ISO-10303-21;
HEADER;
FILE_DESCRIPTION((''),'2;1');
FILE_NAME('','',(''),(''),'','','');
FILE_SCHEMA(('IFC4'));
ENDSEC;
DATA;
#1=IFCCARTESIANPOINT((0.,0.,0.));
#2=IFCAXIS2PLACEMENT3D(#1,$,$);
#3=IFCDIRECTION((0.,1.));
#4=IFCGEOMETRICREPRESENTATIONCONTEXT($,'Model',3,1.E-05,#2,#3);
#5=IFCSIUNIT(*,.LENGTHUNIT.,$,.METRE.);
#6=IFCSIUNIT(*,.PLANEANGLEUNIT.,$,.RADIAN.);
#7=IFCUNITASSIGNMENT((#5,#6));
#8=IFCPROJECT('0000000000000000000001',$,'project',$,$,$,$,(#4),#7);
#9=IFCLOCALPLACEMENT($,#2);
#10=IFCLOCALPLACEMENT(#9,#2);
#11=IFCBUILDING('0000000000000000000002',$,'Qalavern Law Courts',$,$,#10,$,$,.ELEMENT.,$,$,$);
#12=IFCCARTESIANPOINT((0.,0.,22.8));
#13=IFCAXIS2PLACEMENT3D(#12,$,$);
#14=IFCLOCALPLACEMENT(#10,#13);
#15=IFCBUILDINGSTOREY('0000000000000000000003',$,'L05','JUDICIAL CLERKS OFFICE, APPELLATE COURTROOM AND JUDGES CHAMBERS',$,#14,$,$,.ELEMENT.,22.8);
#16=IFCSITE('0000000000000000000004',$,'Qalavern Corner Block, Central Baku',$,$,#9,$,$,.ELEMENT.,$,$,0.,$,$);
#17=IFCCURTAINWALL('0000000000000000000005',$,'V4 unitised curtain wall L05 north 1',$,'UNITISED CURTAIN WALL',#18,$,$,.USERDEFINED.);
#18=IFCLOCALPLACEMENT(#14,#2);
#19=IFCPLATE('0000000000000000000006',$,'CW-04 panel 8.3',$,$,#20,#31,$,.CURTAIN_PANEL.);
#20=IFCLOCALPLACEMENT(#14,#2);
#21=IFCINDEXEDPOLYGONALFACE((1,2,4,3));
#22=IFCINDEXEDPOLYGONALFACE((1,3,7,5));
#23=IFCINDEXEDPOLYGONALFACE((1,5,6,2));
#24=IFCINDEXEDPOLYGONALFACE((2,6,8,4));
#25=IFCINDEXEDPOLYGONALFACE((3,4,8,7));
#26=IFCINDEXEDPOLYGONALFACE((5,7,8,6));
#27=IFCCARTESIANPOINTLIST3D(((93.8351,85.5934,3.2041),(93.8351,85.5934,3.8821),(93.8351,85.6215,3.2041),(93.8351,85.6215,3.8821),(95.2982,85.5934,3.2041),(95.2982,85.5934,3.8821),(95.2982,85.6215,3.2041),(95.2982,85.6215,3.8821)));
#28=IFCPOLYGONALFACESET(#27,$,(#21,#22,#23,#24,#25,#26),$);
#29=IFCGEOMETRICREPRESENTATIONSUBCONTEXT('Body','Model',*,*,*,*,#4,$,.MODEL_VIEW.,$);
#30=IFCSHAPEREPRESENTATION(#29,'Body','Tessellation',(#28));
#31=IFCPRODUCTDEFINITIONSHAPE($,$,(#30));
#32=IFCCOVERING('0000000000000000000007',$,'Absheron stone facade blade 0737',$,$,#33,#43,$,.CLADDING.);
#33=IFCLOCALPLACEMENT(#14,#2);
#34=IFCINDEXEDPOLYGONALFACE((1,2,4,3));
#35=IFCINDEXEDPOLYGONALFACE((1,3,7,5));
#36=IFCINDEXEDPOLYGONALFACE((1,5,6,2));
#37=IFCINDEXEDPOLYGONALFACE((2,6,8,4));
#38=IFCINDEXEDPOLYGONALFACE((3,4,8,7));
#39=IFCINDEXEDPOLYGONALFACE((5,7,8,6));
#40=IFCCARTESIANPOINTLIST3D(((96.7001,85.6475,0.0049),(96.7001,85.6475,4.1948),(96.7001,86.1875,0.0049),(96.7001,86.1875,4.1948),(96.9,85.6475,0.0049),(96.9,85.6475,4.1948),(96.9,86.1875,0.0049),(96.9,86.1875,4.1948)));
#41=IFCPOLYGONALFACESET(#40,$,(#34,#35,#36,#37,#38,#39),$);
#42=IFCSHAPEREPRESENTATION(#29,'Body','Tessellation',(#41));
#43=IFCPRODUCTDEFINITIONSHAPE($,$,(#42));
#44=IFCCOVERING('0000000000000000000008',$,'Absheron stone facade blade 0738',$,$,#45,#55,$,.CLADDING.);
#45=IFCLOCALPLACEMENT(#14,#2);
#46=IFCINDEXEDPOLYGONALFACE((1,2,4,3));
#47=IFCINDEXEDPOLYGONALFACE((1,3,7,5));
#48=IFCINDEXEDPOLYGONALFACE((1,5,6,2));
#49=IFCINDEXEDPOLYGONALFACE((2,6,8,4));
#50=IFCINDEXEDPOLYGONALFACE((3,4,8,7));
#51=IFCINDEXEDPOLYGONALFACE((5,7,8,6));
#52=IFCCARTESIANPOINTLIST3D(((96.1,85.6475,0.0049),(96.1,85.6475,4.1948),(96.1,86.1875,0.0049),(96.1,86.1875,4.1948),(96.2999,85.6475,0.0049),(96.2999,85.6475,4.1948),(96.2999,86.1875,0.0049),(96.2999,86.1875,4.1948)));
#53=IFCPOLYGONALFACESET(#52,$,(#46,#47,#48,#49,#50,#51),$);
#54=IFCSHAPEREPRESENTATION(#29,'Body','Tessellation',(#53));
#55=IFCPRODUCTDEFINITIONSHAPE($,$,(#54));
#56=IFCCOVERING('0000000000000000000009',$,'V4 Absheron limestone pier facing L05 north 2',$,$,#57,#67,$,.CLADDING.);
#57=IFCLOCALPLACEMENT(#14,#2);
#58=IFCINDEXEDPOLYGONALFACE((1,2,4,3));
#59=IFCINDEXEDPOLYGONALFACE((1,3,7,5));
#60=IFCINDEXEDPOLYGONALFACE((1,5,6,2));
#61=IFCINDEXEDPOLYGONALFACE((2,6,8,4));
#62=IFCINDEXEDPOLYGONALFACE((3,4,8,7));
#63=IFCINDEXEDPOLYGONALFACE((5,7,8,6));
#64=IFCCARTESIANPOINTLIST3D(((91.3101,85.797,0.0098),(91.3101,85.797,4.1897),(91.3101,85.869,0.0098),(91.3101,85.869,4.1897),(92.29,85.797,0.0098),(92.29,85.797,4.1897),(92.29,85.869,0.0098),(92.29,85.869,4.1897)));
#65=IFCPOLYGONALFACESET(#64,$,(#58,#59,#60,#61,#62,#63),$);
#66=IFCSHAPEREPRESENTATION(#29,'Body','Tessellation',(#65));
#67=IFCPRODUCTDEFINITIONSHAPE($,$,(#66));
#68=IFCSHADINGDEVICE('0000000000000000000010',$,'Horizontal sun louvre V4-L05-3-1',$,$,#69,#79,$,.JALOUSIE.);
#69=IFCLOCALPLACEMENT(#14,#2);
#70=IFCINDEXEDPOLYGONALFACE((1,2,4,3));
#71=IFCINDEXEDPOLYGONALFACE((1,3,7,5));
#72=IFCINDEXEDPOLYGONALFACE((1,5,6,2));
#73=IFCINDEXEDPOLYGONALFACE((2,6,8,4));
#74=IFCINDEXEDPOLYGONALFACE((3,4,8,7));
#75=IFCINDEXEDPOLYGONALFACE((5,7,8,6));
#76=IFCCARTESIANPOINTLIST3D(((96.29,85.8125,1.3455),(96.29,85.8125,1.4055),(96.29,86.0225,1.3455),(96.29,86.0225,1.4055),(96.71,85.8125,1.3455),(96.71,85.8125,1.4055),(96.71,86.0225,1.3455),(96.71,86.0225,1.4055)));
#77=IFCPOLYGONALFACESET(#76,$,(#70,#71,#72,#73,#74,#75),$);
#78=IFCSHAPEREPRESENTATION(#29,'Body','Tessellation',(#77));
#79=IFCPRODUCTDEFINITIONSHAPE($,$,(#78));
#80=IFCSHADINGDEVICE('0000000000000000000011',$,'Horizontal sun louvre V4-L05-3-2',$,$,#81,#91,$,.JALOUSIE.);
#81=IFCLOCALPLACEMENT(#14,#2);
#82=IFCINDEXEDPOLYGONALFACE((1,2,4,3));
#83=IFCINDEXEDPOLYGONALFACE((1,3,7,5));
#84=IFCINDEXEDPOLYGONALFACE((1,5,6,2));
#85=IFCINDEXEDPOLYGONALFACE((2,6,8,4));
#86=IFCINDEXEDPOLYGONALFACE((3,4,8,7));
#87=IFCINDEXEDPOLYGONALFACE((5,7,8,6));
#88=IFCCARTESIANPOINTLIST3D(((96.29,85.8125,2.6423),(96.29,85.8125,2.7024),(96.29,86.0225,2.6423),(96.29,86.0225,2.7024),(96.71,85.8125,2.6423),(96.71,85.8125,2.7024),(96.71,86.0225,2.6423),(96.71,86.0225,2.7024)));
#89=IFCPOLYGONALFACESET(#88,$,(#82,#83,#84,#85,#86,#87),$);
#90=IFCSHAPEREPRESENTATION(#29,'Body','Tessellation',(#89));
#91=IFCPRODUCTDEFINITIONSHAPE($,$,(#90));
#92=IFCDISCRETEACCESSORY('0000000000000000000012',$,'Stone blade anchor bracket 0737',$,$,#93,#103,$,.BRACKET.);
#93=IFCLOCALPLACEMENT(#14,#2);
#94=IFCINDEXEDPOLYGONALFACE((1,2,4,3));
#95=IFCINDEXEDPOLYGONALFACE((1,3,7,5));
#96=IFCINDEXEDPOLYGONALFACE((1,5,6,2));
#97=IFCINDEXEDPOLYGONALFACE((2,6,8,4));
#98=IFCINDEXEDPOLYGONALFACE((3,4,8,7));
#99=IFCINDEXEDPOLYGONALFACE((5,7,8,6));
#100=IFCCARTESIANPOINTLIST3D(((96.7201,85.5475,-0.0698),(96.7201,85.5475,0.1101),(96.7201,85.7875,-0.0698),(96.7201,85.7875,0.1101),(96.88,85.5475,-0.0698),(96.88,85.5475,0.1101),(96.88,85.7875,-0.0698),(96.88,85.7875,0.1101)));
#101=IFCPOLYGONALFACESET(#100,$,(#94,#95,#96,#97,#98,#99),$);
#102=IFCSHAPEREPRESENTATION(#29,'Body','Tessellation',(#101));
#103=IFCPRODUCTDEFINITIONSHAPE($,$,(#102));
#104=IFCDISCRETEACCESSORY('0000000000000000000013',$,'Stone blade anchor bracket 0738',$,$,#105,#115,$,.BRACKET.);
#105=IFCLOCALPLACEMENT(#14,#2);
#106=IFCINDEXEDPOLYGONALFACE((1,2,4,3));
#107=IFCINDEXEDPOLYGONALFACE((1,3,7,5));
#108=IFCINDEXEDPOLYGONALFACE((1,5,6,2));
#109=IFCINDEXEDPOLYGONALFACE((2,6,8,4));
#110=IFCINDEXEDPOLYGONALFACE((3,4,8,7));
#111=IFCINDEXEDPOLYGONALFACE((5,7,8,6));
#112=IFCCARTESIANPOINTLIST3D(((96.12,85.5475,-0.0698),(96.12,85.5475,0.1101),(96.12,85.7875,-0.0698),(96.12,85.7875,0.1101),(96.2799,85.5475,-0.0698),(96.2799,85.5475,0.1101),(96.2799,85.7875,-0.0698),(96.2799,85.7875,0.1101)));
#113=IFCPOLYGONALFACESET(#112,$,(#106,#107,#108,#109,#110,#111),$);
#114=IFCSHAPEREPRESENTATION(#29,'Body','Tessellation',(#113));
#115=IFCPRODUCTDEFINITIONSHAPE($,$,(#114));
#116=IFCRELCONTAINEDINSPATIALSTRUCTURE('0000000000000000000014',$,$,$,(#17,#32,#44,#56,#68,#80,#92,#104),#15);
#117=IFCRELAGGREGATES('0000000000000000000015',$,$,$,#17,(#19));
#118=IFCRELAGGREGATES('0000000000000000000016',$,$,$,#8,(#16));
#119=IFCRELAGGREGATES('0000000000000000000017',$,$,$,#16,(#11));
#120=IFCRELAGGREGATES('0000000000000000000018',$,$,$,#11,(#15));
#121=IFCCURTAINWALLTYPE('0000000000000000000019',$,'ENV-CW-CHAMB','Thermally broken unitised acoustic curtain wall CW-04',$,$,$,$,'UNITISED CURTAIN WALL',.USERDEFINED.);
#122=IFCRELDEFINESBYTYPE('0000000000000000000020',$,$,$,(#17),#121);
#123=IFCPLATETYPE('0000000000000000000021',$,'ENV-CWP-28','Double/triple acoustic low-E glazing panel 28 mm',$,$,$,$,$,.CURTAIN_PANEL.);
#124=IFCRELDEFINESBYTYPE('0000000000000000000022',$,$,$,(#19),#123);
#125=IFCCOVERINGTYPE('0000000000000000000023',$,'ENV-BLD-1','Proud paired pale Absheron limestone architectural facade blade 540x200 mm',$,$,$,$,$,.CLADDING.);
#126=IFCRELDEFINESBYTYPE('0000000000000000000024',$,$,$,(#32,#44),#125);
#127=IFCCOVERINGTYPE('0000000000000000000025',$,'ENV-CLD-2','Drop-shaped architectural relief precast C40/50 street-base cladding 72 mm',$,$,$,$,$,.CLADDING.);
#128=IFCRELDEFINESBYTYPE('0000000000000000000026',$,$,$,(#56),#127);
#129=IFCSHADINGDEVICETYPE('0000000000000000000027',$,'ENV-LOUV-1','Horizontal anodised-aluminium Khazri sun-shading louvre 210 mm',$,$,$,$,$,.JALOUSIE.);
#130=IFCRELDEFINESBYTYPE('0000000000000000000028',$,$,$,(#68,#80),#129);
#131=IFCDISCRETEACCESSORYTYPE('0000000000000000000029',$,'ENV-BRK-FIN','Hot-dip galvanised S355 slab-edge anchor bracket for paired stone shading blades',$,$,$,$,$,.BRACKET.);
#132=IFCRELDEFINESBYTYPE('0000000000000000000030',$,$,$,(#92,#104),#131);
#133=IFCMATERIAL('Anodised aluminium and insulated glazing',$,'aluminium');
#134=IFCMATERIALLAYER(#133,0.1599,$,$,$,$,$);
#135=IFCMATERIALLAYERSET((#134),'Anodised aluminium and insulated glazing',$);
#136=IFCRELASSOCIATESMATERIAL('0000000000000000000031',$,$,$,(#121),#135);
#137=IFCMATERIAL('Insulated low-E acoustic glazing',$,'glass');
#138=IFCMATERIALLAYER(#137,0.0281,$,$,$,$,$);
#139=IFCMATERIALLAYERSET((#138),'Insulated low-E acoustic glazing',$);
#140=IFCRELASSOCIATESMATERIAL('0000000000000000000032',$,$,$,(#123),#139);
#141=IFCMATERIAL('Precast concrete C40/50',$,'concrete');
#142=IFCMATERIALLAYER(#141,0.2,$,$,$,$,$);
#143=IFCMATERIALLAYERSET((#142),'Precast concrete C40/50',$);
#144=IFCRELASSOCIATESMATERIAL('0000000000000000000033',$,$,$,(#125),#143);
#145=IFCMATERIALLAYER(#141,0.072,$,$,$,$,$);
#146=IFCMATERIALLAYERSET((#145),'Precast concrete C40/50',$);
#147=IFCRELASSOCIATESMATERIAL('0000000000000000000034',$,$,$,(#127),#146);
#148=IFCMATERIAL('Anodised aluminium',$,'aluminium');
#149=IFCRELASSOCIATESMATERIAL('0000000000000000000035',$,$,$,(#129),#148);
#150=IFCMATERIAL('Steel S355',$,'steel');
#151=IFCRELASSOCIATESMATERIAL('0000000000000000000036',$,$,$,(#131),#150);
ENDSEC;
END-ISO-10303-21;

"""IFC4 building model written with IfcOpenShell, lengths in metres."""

from ifc_helpers import new_model, si_unit, direction, frame, origin, origin_2d, place, context, subcontext, project, spatial, rectangle, extrude, material, layer, layer_set, type_object, element, aggregate, save


model = new_model("IFC4")

# Units and contexts
model_context = context("Model", 3, precision=1e-05, world=origin(), true_north=direction((0.0, 1.0)))
body_context = subcontext(model_context, "Body", "Model", "MODEL_VIEW")
ifc_project = project(units=[si_unit("LENGTHUNIT", "METRE"), si_unit("PLANEANGLEUNIT", "RADIAN")], contexts=[model_context])

# Site, building, storey
site_placement = place(None, origin())
site = spatial("IfcSite", under=ifc_project, at=site_placement, Name="Qalavern Corner Block, Central Baku", CompositionType="ELEMENT", RefElevation=0.0)
building_placement = place(site_placement, origin())
building = spatial("IfcBuilding", under=site, at=building_placement, Name="Qalavern Law Courts", CompositionType="ELEMENT")
storey_placement = place(building_placement, frame((0.0, 0.0, 22.8)))
storey = spatial("IfcBuildingStorey", under=building, at=storey_placement, Name="L05", Description="JUDICIAL CLERKS OFFICE, APPELLATE COURTROOM AND JUDGES CHAMBERS", CompositionType="ELEMENT", Elevation=22.8)

# Curtain wall, plate
ifc_material_1 = material(Name="Anodised aluminium and insulated glazing", Category="aluminium")
ifc_layer_1 = layer(ifc_material_1, 0.1599)
ifc_layer_set_1 = layer_set([ifc_layer_1], Name="Anodised aluminium and insulated glazing")
curtain_wall_type = type_object("IfcCurtainWallType", Name="ENV-CW-CHAMB", Description="Thermally broken unitised acoustic curtain wall CW-04", ElementType="UNITISED CURTAIN WALL", PredefinedType="USERDEFINED", material=ifc_layer_set_1)
curtain_wall_placement = place(storey_placement, origin())
curtain_wall = element("IfcCurtainWall", 1, at=curtain_wall_placement, inside=storey, type_object=curtain_wall_type, Name="V4 unitised curtain wall L05 north 1", ObjectType="UNITISED CURTAIN WALL", PredefinedType="USERDEFINED")
ifc_material_2 = material(Name="Anodised aluminium", Category="aluminium")
ifc_material_3 = material(Name="Insulated low-E acoustic glazing", Category="glass")
ifc_layer_2 = layer(ifc_material_3, 0.0281)
ifc_layer_set_2 = layer_set([ifc_layer_2], Name="Insulated low-E acoustic glazing")
plate_type = type_object("IfcPlateType", Name="ENV-CWP-28", Description="Double/triple acoustic low-E glazing panel 28 mm", PredefinedType="CURTAIN_PANEL", material=ifc_layer_set_2)
plate_1_placement = place(storey_placement, frame((94.5667, 85.6074, 3.2041), z_axis=(0.0, 0.0, 1.0), x_axis=(-1.0, 0.0, 0.0)))
plate_1 = element("IfcPlate", 2, at=plate_1_placement, type_object=plate_type, Name="CW-04 panel 8.3", PredefinedType="CURTAIN_PANEL", context=body_context, shape_type="SweptSolid", body=[
    extrude(rectangle(XDim=1.4631, YDim=0.0281, at=origin_2d()), origin(), (0.0, 0.0, 1.0), 0.678),
])
aggregate(curtain_wall, [plate_1])

# Coverings
ifc_material_4 = material(Name="Precast concrete C40/50", Category="concrete")
ifc_layer_3 = layer(ifc_material_4, 0.2)
ifc_layer_set_3 = layer_set([ifc_layer_3], Name="Precast concrete C40/50")
covering_type_1 = type_object("IfcCoveringType", Name="ENV-BLD-1", Description="Proud paired pale Absheron limestone architectural facade blade 540x200 mm", PredefinedType="CLADDING", material=ifc_layer_set_3)
for number, where, z_axis, x_axis, name in (
    (3, (96.8, 85.9175, 0.0049), (0.0, 0.0, 1.0), (0.0, 1.0, 0.0), "Absheron stone facade blade 0737"),
    (4, (96.2, 85.9175, 0.0049), (0.0, 0.0, 1.0), (0.0, 1.0, 0.0), "Absheron stone facade blade 0738"),
):
    element("IfcCovering", number, at=place(storey_placement, frame(where, z_axis=z_axis, x_axis=x_axis)), inside=storey, type_object=covering_type_1, Name=name, PredefinedType="CLADDING", context=body_context, shape_type="SweptSolid", body=[
        extrude(rectangle(XDim=0.54, YDim=0.2, at=origin_2d()), origin(), (0.0, 0.0, 1.0), 4.1899),
    ])
ifc_layer_4 = layer(ifc_material_4, 0.072)
ifc_layer_set_4 = layer_set([ifc_layer_4], Name="Precast concrete C40/50")
covering_type_2 = type_object("IfcCoveringType", Name="ENV-CLD-2", Description="Drop-shaped architectural relief precast C40/50 street-base cladding 72 mm", PredefinedType="CLADDING", material=ifc_layer_set_4)
covering_placement = place(storey_placement, frame((91.8, 85.833, 0.0098), z_axis=(0.0, 0.0, 1.0), x_axis=(-1.0, 0.0, 0.0)))
element("IfcCovering", 5, at=covering_placement, inside=storey, type_object=covering_type_2, Name="V4 Absheron limestone pier facing L05 north 2", PredefinedType="CLADDING", context=body_context, shape_type="SweptSolid", body=[
    extrude(rectangle(XDim=0.98, YDim=0.072, at=origin_2d()), origin(), (0.0, 0.0, 1.0), 4.1799),
])

# Shading devices
shading_device_type = type_object("IfcShadingDeviceType", Name="ENV-LOUV-1", Description="Horizontal anodised-aluminium Khazri sun-shading louvre 210 mm", PredefinedType="JALOUSIE", material=ifc_material_2)
for number, where, z_axis, x_axis, name in (
    (6, (96.5, 85.9175, 1.3455), (0.0, 0.0, 1.0), (-1.0, 0.0, 0.0), "Horizontal sun louvre V4-L05-3-1"),
    (7, (96.5, 85.9175, 2.6423), (0.0, 0.0, 1.0), (-1.0, 0.0, 0.0), "Horizontal sun louvre V4-L05-3-2"),
):
    element("IfcShadingDevice", number, at=place(storey_placement, frame(where, z_axis=z_axis, x_axis=x_axis)), inside=storey, type_object=shading_device_type, Name=name, PredefinedType="JALOUSIE", context=body_context, shape_type="SweptSolid", body=[
        extrude(rectangle(XDim=0.4199, YDim=0.21, at=origin_2d()), origin(), (0.0, 0.0, 1.0), 0.0601),
    ])

# Discrete accessories
ifc_material_5 = material(Name="Steel S355", Category="steel")
discrete_accessory_type = type_object("IfcDiscreteAccessoryType", Name="ENV-BRK-FIN", Description="Hot-dip galvanised S355 slab-edge anchor bracket for paired stone shading blades", PredefinedType="BRACKET", material=ifc_material_5)
for number, where, z_axis, x_axis, name in (
    (8, (96.8, 85.6675, -0.0698), (0.0, 0.0, 1.0), (0.0, 1.0, 0.0), "Stone blade anchor bracket 0737"),
    (9, (96.2, 85.6675, -0.0698), (0.0, 0.0, 1.0), (0.0, 1.0, 0.0), "Stone blade anchor bracket 0738"),
):
    element("IfcDiscreteAccessory", number, at=place(storey_placement, frame(where, z_axis=z_axis, x_axis=x_axis)), inside=storey, type_object=discrete_accessory_type, Name=name, PredefinedType="BRACKET", context=body_context, shape_type="SweptSolid", body=[
        extrude(rectangle(XDim=0.24, YDim=0.1599, at=origin_2d()), origin(), (0.0, 0.0, 1.0), 0.1799),
    ])

save(model, "model.ifc")
